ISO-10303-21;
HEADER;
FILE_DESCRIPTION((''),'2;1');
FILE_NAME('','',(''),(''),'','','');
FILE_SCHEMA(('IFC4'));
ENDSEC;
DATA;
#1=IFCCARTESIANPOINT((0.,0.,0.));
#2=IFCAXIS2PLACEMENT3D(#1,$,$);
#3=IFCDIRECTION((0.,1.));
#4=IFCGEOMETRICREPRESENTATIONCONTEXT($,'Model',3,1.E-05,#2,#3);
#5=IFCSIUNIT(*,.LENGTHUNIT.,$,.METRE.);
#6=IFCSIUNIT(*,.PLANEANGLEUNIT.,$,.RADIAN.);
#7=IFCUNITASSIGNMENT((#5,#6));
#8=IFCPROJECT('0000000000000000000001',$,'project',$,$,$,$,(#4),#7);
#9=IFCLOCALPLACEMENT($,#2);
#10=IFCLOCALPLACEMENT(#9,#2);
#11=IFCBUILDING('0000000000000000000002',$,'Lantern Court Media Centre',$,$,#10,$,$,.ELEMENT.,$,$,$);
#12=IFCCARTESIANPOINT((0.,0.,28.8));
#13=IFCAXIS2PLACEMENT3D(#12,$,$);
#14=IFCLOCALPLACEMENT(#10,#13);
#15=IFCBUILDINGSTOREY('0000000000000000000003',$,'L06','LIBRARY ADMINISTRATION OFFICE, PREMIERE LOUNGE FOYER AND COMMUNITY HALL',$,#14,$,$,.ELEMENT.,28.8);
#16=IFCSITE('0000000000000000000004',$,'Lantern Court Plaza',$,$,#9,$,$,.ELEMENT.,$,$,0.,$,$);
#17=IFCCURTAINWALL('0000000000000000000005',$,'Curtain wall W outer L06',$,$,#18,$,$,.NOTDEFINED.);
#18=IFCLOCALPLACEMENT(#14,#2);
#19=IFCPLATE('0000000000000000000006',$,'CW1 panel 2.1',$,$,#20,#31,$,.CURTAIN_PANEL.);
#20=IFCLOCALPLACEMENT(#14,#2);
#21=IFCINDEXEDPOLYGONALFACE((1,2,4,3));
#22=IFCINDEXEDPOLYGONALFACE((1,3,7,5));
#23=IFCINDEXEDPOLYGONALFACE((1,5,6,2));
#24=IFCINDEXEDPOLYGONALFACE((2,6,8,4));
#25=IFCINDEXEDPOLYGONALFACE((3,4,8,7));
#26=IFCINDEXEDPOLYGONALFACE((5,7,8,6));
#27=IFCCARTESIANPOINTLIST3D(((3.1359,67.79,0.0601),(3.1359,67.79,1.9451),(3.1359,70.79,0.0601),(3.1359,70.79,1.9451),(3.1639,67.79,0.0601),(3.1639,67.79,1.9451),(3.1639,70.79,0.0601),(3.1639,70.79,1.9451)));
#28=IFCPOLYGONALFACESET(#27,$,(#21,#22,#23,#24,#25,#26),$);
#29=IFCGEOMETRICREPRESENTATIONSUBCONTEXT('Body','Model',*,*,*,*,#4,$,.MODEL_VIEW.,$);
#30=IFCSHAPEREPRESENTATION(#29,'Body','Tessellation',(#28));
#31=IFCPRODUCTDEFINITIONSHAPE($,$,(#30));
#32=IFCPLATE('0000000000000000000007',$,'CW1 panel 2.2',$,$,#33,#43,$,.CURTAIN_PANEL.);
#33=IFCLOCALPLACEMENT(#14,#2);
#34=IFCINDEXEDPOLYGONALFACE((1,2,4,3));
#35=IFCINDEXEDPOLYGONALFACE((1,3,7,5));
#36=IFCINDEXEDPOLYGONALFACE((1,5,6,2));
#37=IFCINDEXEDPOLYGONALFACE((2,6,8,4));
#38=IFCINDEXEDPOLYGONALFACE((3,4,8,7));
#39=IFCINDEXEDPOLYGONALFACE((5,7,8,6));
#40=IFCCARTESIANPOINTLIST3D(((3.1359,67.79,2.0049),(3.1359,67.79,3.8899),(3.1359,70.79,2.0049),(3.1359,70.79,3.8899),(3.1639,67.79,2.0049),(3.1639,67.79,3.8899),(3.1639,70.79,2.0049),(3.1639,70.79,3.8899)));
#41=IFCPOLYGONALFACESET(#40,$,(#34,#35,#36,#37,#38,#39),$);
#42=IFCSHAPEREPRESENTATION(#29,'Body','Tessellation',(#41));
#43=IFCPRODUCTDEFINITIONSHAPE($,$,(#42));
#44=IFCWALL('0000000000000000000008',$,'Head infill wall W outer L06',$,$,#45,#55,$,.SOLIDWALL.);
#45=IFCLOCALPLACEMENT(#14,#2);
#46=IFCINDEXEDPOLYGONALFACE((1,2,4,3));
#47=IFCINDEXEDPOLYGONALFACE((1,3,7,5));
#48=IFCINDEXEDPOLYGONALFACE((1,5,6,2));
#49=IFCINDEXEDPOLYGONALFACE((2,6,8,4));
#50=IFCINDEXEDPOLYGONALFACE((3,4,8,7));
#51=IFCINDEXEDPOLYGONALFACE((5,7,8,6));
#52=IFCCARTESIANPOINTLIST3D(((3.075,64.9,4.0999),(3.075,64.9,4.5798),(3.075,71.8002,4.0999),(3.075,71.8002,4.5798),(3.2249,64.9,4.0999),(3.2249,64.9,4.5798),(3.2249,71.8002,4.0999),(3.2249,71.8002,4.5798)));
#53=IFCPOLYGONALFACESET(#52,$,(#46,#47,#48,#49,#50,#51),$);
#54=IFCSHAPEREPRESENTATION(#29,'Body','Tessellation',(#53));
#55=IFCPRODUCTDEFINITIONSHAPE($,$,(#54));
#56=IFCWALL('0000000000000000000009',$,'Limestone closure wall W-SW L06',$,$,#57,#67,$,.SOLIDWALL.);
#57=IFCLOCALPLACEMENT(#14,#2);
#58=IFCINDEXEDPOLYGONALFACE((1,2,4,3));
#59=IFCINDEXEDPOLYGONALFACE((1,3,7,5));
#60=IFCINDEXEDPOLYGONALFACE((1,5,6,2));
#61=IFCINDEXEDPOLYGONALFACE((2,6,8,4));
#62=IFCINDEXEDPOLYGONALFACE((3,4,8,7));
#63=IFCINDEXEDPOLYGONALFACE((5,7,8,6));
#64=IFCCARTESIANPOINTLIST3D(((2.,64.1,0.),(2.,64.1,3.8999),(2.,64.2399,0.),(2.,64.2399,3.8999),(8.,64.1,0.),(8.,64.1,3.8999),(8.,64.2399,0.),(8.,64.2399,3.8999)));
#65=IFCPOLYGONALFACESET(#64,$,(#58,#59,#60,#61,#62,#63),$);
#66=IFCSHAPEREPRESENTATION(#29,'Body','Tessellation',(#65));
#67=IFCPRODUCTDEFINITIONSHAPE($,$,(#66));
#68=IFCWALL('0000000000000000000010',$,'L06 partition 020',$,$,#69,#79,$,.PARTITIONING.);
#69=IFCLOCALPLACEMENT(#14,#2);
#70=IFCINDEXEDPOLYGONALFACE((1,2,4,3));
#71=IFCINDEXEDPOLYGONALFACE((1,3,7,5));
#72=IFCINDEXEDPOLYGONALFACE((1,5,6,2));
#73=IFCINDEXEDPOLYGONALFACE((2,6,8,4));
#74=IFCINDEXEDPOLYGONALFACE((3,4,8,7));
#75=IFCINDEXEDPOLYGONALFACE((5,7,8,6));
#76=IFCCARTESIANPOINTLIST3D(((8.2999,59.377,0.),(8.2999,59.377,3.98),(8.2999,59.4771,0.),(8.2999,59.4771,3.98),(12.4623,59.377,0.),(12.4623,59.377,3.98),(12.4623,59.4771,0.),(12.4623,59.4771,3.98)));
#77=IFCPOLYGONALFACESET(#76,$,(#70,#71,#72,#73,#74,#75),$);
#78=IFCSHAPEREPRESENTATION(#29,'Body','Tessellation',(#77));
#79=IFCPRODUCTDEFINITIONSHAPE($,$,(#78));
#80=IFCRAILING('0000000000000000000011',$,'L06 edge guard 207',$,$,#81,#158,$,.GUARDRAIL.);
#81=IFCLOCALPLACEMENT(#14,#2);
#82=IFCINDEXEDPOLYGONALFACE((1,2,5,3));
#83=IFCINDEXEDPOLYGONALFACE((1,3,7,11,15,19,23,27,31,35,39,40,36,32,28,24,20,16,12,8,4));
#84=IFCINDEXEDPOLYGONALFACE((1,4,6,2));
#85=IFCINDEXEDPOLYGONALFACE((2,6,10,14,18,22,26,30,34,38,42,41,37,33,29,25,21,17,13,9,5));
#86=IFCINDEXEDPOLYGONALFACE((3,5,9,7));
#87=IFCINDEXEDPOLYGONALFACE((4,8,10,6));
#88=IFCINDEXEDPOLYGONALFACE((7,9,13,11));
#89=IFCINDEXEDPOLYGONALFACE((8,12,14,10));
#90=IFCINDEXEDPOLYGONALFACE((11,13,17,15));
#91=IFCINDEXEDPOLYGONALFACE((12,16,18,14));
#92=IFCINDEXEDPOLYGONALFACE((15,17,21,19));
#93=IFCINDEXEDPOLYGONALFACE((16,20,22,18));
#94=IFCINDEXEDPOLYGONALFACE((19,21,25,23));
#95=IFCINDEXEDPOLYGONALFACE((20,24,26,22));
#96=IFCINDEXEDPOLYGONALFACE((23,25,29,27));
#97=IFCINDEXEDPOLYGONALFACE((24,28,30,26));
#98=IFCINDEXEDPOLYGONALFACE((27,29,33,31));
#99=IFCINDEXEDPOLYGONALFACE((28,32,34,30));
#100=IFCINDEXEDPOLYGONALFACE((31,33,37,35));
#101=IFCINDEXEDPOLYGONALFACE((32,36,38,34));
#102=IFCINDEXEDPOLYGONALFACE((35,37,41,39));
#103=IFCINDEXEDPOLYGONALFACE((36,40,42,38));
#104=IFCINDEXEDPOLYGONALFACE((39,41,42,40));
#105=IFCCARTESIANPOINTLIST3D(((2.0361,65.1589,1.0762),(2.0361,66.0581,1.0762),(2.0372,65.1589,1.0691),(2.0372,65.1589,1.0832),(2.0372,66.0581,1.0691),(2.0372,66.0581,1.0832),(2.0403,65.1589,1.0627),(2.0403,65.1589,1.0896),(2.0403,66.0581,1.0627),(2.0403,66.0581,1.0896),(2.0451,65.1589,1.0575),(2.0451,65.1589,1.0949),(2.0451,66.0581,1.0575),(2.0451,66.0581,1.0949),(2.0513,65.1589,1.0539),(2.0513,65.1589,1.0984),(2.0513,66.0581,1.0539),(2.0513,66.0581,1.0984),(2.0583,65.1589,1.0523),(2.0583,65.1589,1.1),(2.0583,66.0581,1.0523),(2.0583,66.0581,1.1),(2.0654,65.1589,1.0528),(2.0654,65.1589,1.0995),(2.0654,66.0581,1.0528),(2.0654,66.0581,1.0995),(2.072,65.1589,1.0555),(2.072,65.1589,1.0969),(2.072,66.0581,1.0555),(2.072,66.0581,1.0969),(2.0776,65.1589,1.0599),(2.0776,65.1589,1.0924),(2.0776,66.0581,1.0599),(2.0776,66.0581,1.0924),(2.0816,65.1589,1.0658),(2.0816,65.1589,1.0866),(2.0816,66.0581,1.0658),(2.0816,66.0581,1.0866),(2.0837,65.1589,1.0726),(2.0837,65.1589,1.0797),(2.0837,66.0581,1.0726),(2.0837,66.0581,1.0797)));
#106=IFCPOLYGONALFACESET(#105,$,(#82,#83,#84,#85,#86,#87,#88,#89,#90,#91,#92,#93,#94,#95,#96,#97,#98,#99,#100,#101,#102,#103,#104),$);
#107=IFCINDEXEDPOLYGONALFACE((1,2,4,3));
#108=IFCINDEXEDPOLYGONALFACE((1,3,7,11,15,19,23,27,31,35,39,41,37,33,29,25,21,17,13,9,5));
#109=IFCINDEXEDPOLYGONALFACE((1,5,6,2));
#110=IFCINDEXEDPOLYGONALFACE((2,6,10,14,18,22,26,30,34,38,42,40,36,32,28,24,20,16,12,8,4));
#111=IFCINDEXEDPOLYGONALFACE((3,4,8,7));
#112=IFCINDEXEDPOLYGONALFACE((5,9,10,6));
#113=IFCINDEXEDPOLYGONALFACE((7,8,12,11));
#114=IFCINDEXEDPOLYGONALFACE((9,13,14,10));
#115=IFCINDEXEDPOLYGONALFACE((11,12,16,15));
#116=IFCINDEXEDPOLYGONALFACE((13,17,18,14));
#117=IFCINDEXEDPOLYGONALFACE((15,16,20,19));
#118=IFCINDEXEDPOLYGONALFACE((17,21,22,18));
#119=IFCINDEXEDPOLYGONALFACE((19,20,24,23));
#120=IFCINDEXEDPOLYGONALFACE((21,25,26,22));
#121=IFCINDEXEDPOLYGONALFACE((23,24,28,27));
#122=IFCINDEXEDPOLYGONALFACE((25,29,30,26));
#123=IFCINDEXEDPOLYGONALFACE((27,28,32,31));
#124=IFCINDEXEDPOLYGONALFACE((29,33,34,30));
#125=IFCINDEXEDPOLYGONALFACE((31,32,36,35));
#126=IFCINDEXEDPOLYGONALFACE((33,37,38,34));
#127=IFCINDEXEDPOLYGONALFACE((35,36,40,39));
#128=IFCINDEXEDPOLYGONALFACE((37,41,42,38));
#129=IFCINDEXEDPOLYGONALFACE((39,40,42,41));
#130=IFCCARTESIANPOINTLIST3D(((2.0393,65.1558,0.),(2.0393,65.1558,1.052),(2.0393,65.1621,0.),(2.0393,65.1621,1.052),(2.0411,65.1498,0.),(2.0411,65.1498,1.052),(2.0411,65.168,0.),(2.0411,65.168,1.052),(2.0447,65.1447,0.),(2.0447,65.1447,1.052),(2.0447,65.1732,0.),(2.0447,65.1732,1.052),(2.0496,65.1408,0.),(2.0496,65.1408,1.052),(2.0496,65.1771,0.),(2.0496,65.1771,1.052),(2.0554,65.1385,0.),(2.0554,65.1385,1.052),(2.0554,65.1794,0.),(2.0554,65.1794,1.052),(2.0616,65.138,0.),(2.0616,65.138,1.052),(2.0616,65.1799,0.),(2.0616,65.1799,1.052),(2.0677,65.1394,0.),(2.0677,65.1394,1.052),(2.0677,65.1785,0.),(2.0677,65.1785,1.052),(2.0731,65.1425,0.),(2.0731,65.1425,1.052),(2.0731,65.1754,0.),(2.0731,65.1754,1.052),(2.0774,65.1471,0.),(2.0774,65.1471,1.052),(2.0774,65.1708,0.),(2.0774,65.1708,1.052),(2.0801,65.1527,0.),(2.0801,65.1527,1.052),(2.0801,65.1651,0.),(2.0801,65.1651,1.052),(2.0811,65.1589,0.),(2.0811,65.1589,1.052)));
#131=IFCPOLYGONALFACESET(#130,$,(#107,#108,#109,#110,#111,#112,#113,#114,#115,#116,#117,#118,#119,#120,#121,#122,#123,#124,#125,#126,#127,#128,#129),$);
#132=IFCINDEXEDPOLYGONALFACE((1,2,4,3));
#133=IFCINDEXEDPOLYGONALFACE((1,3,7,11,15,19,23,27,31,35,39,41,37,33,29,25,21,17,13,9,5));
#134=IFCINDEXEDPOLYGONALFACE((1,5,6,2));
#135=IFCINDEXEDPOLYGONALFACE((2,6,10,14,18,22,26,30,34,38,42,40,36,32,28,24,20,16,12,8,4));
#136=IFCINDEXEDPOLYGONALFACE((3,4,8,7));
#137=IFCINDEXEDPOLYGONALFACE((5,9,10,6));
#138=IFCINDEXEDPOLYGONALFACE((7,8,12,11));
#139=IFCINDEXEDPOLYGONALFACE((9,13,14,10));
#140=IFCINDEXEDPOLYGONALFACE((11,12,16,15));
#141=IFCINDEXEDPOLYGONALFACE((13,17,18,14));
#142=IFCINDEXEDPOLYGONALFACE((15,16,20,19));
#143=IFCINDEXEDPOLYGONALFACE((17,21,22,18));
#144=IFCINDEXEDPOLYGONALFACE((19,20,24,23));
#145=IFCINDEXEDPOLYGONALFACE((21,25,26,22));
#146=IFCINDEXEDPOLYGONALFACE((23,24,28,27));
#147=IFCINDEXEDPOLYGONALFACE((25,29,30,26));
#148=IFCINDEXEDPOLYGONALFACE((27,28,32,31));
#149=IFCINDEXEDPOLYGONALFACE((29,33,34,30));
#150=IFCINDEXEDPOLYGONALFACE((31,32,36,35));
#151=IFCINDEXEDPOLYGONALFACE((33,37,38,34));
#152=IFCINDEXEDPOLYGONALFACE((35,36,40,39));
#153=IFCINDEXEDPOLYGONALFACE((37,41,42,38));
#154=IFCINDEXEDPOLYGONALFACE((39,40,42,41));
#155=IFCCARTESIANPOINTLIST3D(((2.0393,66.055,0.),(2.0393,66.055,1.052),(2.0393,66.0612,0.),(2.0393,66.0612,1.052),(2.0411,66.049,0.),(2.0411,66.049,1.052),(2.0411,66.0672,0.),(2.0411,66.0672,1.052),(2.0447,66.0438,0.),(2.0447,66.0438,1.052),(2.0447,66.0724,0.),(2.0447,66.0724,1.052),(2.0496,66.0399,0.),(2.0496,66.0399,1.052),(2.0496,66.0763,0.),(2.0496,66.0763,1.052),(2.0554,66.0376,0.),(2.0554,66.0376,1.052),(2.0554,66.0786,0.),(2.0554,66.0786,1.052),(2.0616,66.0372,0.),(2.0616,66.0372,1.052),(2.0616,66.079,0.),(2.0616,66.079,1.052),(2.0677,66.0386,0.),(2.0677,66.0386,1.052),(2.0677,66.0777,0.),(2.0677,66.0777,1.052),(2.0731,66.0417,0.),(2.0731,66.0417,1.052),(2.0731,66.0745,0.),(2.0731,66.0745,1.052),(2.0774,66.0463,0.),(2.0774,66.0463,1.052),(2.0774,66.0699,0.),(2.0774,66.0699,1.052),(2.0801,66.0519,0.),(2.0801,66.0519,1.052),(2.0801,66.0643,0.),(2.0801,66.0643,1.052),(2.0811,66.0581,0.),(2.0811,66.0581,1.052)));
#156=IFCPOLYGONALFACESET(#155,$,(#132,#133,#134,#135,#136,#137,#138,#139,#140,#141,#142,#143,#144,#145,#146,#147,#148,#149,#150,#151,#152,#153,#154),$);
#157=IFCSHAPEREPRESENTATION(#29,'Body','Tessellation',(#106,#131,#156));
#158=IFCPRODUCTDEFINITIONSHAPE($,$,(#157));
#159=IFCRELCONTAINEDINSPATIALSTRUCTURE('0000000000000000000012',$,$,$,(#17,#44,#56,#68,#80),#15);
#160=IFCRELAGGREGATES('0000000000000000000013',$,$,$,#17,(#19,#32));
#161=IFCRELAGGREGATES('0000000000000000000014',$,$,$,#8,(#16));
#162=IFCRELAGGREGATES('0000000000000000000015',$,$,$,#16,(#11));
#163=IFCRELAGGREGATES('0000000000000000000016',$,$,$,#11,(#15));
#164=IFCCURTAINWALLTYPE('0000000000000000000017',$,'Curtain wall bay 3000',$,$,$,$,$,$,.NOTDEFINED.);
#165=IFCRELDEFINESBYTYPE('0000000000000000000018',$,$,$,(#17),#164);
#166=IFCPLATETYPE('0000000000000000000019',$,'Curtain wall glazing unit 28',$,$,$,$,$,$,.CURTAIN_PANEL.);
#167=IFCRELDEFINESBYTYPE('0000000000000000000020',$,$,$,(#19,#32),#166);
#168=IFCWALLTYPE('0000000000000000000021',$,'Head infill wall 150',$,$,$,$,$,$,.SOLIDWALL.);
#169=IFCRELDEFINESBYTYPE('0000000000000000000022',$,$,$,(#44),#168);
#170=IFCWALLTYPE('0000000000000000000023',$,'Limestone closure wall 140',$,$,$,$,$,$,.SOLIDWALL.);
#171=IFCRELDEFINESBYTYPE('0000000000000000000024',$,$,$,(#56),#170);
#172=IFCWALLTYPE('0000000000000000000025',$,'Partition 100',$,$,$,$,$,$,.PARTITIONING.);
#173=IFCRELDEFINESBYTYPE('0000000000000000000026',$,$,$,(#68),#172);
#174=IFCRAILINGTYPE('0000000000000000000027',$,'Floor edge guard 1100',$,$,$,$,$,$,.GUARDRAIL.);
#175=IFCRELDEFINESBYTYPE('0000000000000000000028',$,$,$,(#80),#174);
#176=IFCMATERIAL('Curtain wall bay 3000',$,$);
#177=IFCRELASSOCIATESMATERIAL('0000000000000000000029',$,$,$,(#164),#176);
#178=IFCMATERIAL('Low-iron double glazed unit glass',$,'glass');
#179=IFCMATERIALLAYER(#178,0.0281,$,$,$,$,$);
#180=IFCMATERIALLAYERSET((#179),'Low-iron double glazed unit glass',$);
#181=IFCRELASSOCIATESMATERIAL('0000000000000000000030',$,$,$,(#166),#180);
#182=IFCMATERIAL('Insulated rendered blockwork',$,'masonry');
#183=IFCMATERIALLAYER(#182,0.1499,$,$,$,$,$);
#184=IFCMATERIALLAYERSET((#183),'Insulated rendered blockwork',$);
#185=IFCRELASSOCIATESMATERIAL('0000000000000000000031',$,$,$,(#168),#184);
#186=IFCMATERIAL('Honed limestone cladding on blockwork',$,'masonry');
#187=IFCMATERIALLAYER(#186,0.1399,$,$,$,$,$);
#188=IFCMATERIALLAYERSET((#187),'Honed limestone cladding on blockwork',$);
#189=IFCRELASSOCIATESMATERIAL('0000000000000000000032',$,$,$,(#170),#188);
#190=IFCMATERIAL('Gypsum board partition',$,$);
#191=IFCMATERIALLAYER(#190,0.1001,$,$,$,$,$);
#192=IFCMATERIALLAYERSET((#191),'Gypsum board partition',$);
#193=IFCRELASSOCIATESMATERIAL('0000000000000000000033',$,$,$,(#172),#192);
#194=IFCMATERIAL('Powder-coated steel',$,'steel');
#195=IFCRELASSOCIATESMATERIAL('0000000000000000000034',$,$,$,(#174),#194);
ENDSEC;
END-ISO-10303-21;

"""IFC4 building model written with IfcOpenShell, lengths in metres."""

from ifc_helpers import new_model, si_unit, direction, frame, frame_2d, origin, origin_2d, place, context, subcontext, project, spatial, rectangle, circle, extrude, material, layer, layer_set, type_object, element, aggregate, save


model = new_model("IFC4")

# Units and contexts
model_context = context("Model", 3, precision=1e-05, world=origin(), true_north=direction((0.0, 1.0)))
body_context = subcontext(model_context, "Body", "Model", "MODEL_VIEW")
ifc_project = project(units=[si_unit("LENGTHUNIT", "METRE"), si_unit("PLANEANGLEUNIT", "RADIAN")], contexts=[model_context])

# Site, building, storey
site_placement = place(None, origin())
site = spatial("IfcSite", under=ifc_project, at=site_placement, Name="Lantern Court Plaza", CompositionType="ELEMENT", RefElevation=0.0)
building_placement = place(site_placement, origin())
building = spatial("IfcBuilding", under=site, at=building_placement, Name="Lantern Court Media Centre", CompositionType="ELEMENT")
storey_placement = place(building_placement, frame((0.0, 0.0, 28.8)))
storey = spatial("IfcBuildingStorey", under=building, at=storey_placement, Name="L06", Description="LIBRARY ADMINISTRATION OFFICE, PREMIERE LOUNGE FOYER AND COMMUNITY HALL", CompositionType="ELEMENT", Elevation=28.8)

# Curtain wall
ifc_material_1 = material(Name="Curtain wall bay 3000")
curtain_wall_type = type_object("IfcCurtainWallType", Name="Curtain wall bay 3000", PredefinedType="NOTDEFINED", material=ifc_material_1)
curtain_wall_placement = place(storey_placement, origin())
curtain_wall = element("IfcCurtainWall", 1, at=curtain_wall_placement, inside=storey, type_object=curtain_wall_type, Name="Curtain wall W outer L06", PredefinedType="NOTDEFINED")

# Plates
ifc_material_2 = material(Name="Low-iron double glazed unit glass", Category="glass")
ifc_layer_1 = layer(ifc_material_2, 0.0281)
ifc_layer_set_1 = layer_set([ifc_layer_1], Name="Low-iron double glazed unit glass")
plate_type = type_object("IfcPlateType", Name="Curtain wall glazing unit 28", PredefinedType="CURTAIN_PANEL", material=ifc_layer_set_1)
plate_1_placement = place(storey_placement, frame((3.1499, 69.29, 0.0601), z_axis=(0.0, 0.0, 1.0), x_axis=(0.0, 1.0, 0.0)))
plate_1 = element("IfcPlate", 2, at=plate_1_placement, type_object=plate_type, Name="CW1 panel 2.1", PredefinedType="CURTAIN_PANEL", context=body_context, shape_type="SweptSolid", body=[
    extrude(rectangle(XDim=3.0, YDim=0.0281, at=origin_2d()), origin(), (0.0, 0.0, 1.0), 1.885),
])
plate_2_placement = place(storey_placement, frame((3.1499, 69.29, 2.0049), z_axis=(0.0, 0.0, 1.0), x_axis=(0.0, 1.0, 0.0)))
plate_2 = element("IfcPlate", 3, at=plate_2_placement, type_object=plate_type, Name="CW1 panel 2.2", PredefinedType="CURTAIN_PANEL", context=body_context, shape_type="SweptSolid", body=[
    extrude(rectangle(XDim=3.0, YDim=0.0281, at=origin_2d()), origin(), (0.0, 0.0, 1.0), 1.885),
])
aggregate(curtain_wall, [plate_1, plate_2])

# Walls
ifc_material_3 = material(Name="Insulated rendered blockwork", Category="masonry")
ifc_layer_2 = layer(ifc_material_3, 0.1499)
ifc_layer_set_2 = layer_set([ifc_layer_2], Name="Insulated rendered blockwork")
wall_type_1 = type_object("IfcWallType", Name="Head infill wall 150", PredefinedType="SOLIDWALL", material=ifc_layer_set_2)
wall_1_placement = place(storey_placement, frame((3.1499, 64.8999, 4.0999), z_axis=(0.0, 0.0, 1.0), x_axis=(0.0, 1.0, 0.0)))
element("IfcWall", 4, at=wall_1_placement, inside=storey, type_object=wall_type_1, Name="Head infill wall W outer L06", PredefinedType="SOLIDWALL", context=body_context, shape_type="SweptSolid", body=[
    extrude(rectangle(XDim=6.9001, YDim=0.1499, at=frame_2d((3.4502, 0.0))), origin(), (0.0, 0.0, 1.0), 0.48),
])
ifc_material_4 = material(Name="Honed limestone cladding on blockwork", Category="masonry")
ifc_layer_3 = layer(ifc_material_4, 0.1399)
ifc_layer_set_3 = layer_set([ifc_layer_3], Name="Honed limestone cladding on blockwork")
wall_type_2 = type_object("IfcWallType", Name="Limestone closure wall 140", PredefinedType="SOLIDWALL", material=ifc_layer_set_3)
wall_2_placement = place(storey_placement, frame((2.0, 64.1699, 0.0), z_axis=(0.0, 0.0, 1.0), x_axis=(1.0, 0.0, 0.0)))
element("IfcWall", 5, at=wall_2_placement, inside=storey, type_object=wall_type_2, Name="Limestone closure wall W-SW L06", PredefinedType="SOLIDWALL", context=body_context, shape_type="SweptSolid", body=[
    extrude(rectangle(XDim=6.0, YDim=0.1399, at=frame_2d((3.0, 0.0))), origin(), (0.0, 0.0, 1.0), 3.8999),
])
ifc_material_5 = material(Name="Gypsum board partition")
ifc_layer_4 = layer(ifc_material_5, 0.1001)
ifc_layer_set_4 = layer_set([ifc_layer_4], Name="Gypsum board partition")
wall_type_3 = type_object("IfcWallType", Name="Partition 100", PredefinedType="PARTITIONING", material=ifc_layer_set_4)
wall_3_placement = place(storey_placement, frame((8.3, 59.427, 0.0), z_axis=(0.0, 0.0, 1.0), x_axis=(1.0, 0.0, 0.0)))
element("IfcWall", 6, at=wall_3_placement, inside=storey, type_object=wall_type_3, Name="L06 partition 020", PredefinedType="PARTITIONING", context=body_context, shape_type="SweptSolid", body=[
    extrude(rectangle(XDim=4.1624, YDim=0.1001, at=frame_2d((2.0811, 0.0))), origin(), (0.0, 0.0, 1.0), 3.98),
])

# Railing
ifc_material_6 = material(Name="Powder-coated steel", Category="steel")
railing_type = type_object("IfcRailingType", Name="Floor edge guard 1100", PredefinedType="GUARDRAIL", material=ifc_material_6)
railing_1_placement = place(storey_placement, frame((2.0601, 65.1589, 0.0)))
element("IfcRailing", 7, at=railing_1_placement, inside=storey, type_object=railing_type, Name="L06 edge guard 207", PredefinedType="GUARDRAIL", context=body_context, shape_type="SweptSolid", body=[
    extrude(circle(Radius=0.0239, at=origin_2d()), frame((0.0, 0.0, 1.0762), z_axis=(0.0, 1.0, 0.0), x_axis=(-1.0, 0.0, 0.0)), (0.0, 0.0, 1.0), 0.8992),
    extrude(circle(Radius=0.021, at=origin_2d()), origin(), (0.0, 0.0, 1.0), 1.052),
    extrude(circle(Radius=0.021, at=origin_2d()), frame((0.0, 0.8992, 0.0)), (0.0, 0.0, 1.0), 1.052),
])

save(model, "model.ifc")
